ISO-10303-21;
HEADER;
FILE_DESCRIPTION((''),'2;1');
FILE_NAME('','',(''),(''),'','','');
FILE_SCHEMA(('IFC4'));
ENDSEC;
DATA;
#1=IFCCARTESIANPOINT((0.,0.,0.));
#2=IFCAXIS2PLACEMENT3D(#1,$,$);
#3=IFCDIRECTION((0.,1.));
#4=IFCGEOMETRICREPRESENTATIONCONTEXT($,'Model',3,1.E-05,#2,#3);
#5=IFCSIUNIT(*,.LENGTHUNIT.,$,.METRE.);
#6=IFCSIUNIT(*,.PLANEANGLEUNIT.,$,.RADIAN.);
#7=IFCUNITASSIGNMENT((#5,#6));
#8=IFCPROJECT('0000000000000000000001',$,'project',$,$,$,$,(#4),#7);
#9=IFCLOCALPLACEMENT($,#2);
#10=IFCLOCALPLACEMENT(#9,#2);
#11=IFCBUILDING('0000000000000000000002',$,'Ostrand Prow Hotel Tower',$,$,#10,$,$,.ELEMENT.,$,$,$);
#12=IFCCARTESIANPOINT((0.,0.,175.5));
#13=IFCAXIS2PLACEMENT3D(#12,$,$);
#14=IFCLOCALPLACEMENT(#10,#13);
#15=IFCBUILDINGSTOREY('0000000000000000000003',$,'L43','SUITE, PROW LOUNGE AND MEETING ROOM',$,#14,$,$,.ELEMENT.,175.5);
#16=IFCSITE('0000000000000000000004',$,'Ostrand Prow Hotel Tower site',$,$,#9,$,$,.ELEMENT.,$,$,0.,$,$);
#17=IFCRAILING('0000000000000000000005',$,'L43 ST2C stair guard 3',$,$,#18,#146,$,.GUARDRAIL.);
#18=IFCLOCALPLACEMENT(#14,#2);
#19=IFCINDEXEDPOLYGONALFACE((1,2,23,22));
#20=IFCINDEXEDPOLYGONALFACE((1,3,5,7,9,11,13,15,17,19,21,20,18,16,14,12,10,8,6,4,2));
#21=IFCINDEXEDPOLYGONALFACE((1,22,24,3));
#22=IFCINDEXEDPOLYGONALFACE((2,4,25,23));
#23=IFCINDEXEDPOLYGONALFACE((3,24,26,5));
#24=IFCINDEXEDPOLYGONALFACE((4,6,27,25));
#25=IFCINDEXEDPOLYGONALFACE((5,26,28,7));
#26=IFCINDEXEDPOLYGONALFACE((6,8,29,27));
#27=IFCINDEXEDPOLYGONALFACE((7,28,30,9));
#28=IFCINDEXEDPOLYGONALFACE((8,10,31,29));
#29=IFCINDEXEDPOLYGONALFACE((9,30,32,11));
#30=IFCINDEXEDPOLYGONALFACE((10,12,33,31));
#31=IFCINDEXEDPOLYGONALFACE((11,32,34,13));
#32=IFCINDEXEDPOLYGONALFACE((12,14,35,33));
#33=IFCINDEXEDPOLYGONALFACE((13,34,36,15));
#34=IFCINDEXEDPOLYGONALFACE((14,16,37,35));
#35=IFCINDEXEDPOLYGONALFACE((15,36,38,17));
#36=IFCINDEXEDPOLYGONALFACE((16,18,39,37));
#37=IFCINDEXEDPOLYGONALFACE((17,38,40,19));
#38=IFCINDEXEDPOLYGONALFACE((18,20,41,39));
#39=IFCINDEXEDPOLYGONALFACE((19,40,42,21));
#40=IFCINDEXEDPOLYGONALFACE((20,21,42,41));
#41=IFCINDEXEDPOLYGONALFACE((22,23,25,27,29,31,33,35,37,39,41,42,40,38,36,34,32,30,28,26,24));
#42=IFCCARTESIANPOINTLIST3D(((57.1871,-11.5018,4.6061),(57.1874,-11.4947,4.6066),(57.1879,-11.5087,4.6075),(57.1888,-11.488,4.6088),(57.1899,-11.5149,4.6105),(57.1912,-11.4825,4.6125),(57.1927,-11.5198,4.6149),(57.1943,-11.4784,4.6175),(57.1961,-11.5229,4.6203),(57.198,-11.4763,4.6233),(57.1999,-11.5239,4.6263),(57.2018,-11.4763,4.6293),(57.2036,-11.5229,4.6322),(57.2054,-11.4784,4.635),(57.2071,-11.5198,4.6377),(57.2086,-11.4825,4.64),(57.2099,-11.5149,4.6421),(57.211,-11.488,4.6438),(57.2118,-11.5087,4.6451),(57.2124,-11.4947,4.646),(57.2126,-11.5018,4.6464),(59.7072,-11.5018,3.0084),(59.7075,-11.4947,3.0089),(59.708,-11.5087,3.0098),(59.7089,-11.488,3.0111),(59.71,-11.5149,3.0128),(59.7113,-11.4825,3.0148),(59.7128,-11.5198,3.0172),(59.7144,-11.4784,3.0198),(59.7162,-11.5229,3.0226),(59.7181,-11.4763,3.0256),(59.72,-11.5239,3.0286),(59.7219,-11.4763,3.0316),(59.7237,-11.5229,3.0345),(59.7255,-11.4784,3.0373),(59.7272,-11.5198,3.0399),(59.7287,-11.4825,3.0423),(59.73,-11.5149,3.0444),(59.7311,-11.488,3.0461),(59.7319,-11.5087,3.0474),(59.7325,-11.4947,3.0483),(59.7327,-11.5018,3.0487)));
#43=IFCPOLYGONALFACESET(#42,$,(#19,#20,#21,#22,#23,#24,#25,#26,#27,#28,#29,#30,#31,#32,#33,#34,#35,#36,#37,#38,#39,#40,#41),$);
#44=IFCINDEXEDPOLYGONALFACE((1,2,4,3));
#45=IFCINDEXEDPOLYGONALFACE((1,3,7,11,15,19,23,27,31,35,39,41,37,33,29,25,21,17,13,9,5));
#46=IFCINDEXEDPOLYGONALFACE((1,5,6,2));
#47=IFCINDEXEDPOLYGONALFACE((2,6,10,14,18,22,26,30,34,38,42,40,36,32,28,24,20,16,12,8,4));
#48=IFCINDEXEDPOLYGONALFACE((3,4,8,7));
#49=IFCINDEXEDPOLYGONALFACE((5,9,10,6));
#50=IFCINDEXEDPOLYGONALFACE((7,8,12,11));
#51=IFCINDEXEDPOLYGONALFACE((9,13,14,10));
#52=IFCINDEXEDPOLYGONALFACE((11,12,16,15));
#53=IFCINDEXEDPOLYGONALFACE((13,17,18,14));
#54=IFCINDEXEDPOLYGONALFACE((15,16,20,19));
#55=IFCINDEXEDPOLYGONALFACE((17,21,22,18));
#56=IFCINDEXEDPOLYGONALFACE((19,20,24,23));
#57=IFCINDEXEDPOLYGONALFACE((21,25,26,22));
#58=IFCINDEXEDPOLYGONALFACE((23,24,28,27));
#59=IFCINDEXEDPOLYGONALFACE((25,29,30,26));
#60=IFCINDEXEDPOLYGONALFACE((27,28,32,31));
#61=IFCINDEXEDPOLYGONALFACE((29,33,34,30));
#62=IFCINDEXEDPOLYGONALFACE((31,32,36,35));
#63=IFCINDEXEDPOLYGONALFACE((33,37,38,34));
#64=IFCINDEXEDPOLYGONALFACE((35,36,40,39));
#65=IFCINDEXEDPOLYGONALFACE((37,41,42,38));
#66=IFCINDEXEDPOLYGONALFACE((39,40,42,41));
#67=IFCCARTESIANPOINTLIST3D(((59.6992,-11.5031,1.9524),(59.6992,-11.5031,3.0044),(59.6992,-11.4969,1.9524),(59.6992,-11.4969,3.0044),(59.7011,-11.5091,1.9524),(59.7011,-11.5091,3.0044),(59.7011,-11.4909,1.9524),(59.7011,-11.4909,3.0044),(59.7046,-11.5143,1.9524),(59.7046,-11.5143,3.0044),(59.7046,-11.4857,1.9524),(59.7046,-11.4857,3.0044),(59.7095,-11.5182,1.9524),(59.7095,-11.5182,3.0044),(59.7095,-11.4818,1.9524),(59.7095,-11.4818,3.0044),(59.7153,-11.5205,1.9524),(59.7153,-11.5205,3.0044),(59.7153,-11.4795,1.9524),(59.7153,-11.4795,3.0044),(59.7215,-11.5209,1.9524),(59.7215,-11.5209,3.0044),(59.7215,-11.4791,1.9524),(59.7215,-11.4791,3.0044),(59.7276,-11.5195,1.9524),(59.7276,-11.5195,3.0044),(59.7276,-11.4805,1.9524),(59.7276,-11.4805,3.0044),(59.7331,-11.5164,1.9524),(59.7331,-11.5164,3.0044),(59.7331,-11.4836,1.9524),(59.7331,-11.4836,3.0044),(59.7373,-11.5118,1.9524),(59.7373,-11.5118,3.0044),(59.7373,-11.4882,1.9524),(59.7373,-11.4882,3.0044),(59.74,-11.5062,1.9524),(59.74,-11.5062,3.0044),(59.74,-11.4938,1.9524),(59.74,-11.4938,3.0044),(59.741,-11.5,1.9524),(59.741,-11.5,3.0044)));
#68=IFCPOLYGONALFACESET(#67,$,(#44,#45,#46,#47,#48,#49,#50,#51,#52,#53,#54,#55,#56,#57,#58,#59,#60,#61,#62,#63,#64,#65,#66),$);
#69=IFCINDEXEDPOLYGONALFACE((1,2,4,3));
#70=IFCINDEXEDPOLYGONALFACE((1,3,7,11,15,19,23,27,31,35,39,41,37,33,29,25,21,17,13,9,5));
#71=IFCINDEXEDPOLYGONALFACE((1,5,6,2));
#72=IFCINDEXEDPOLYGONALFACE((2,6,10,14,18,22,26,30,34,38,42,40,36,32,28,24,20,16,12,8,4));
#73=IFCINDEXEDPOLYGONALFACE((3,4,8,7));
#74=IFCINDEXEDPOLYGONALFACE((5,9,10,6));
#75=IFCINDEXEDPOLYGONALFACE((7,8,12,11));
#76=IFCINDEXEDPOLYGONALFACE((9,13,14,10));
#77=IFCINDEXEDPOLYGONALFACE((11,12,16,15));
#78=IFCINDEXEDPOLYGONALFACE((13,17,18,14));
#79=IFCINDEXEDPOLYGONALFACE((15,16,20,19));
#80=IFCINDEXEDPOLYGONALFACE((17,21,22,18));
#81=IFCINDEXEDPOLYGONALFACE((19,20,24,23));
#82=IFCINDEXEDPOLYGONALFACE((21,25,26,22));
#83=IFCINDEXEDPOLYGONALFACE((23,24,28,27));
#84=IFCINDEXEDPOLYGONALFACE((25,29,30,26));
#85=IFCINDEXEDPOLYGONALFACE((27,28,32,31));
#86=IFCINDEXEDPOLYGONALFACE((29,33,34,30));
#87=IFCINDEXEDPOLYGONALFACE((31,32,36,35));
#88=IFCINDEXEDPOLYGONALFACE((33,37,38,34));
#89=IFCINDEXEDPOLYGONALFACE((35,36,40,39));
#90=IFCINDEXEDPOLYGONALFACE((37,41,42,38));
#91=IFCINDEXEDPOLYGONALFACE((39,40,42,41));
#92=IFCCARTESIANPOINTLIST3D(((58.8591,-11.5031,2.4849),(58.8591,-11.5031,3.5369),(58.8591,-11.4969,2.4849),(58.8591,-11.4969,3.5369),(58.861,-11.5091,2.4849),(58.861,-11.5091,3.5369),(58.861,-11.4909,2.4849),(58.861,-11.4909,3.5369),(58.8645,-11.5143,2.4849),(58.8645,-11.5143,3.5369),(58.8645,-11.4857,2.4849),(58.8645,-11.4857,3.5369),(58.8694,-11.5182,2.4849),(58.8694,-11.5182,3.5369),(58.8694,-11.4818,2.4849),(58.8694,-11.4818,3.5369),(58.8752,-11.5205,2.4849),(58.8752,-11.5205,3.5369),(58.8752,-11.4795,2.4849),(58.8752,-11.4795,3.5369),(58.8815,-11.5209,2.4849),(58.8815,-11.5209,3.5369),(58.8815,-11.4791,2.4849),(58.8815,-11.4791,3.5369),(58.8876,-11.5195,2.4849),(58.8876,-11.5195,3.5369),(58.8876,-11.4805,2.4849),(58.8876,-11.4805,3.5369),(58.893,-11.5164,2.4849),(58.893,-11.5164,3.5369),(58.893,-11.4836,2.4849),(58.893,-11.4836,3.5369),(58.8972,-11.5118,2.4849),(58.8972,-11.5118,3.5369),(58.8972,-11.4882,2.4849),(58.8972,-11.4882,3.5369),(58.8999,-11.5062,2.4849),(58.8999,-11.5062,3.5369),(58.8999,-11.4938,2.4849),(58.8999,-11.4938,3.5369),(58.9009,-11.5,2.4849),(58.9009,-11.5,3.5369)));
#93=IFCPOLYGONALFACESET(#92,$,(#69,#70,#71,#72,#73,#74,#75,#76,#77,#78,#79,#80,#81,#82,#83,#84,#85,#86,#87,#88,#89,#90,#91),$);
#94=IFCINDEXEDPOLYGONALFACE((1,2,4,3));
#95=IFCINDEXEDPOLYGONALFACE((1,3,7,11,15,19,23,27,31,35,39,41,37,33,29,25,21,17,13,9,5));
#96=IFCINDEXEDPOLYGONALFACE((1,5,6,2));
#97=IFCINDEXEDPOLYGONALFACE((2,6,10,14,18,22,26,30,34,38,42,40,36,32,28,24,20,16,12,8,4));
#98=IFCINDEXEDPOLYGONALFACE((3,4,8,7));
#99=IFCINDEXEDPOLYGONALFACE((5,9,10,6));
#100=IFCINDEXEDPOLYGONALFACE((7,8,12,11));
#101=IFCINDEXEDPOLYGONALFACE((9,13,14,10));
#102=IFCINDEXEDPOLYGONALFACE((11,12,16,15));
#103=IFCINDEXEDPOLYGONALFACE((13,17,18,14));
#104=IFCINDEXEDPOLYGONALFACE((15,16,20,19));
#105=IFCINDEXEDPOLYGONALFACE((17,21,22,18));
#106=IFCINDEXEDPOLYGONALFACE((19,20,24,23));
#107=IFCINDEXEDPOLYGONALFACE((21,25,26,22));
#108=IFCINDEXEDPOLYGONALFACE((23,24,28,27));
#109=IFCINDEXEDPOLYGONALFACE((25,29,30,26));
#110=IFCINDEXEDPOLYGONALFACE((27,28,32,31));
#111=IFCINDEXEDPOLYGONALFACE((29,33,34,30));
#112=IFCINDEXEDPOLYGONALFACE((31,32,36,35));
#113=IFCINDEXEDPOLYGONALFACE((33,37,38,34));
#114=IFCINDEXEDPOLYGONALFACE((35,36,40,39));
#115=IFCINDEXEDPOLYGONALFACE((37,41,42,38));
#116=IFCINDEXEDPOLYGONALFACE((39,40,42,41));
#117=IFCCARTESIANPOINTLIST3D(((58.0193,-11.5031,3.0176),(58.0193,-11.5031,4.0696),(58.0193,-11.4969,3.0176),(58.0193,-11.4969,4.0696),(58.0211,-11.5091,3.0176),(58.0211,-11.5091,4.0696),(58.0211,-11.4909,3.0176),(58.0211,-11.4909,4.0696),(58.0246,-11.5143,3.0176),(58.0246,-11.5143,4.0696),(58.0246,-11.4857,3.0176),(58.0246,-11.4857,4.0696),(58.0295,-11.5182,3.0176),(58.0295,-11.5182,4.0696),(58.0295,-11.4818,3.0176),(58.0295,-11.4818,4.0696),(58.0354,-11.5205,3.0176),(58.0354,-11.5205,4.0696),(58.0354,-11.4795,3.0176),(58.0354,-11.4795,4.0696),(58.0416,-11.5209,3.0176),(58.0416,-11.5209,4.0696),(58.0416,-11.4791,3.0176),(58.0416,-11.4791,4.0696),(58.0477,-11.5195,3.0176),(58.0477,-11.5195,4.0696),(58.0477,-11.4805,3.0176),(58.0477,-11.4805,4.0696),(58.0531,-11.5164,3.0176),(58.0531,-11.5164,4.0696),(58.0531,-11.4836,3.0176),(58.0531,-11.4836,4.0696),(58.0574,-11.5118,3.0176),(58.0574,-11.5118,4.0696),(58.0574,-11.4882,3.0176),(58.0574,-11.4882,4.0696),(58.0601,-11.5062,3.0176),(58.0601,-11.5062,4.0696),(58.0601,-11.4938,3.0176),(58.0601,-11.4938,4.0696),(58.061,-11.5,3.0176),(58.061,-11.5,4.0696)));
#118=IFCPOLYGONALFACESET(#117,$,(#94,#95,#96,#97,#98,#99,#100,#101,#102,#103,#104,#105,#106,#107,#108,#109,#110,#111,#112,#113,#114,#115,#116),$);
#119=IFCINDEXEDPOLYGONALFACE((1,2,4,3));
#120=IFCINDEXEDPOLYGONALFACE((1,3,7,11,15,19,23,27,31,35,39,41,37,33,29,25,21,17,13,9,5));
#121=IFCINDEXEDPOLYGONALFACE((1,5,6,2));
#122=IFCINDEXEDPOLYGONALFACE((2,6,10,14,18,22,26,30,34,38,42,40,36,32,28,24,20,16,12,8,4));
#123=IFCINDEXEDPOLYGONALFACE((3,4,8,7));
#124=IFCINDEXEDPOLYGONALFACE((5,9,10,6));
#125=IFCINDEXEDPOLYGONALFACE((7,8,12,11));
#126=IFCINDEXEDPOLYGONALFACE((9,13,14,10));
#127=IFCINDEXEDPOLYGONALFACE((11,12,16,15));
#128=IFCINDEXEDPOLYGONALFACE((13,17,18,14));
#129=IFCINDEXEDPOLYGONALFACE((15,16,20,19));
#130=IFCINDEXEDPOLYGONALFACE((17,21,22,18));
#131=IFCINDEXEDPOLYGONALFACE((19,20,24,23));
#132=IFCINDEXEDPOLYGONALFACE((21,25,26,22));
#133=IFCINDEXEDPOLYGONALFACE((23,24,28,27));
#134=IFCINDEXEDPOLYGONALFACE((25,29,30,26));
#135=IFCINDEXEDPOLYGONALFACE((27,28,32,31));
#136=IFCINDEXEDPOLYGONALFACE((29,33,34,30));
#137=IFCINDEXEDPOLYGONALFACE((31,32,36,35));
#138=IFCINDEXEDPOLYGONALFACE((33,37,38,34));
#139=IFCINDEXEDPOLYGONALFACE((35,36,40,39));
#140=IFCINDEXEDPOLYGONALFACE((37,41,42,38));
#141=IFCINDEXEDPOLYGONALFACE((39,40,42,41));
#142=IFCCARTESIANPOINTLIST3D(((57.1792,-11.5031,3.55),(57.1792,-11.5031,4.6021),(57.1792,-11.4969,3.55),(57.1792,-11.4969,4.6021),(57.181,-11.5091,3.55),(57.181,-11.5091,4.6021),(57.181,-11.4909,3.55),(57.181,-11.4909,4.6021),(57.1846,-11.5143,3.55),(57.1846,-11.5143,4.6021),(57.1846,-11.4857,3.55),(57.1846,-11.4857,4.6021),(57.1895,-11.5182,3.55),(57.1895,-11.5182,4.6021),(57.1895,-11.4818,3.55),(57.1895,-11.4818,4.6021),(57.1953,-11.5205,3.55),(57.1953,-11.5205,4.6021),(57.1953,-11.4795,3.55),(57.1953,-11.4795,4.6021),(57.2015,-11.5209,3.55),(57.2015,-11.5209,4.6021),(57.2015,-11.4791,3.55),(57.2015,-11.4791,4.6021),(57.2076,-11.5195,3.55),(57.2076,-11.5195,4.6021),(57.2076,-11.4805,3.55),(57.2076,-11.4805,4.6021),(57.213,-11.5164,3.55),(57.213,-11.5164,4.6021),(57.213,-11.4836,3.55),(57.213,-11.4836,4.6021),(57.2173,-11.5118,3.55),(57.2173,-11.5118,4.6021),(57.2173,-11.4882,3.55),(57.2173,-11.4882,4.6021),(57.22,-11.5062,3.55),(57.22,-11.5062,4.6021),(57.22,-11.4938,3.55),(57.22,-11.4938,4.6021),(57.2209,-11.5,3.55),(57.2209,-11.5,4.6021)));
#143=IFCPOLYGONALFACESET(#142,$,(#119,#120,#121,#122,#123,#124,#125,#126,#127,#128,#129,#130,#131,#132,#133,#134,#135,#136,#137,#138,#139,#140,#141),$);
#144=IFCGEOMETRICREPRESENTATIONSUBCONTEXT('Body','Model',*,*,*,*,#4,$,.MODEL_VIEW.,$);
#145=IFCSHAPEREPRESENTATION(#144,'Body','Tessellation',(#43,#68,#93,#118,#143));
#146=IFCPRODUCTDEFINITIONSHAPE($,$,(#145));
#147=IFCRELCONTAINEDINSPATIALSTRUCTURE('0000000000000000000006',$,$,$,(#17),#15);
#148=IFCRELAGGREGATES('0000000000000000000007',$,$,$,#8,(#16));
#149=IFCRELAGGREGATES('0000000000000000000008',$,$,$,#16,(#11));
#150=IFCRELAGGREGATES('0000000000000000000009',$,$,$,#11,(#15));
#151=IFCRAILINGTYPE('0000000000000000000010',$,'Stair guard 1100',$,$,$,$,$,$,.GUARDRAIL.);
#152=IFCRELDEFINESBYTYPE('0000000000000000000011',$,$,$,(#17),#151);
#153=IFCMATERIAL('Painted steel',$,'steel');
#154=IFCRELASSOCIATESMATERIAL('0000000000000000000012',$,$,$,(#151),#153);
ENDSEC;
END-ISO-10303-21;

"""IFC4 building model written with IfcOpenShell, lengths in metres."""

from ifc_helpers import new_model, si_unit, direction, frame, origin, origin_2d, place, context, subcontext, project, spatial, circle, extrude, material, type_object, element, save


model = new_model("IFC4")

# Units and contexts
model_context = context("Model", 3, precision=1e-05, world=origin(), true_north=direction((0.0, 1.0)))
body_context = subcontext(model_context, "Body", "Model", "MODEL_VIEW")
ifc_project = project(units=[si_unit("LENGTHUNIT", "METRE"), si_unit("PLANEANGLEUNIT", "RADIAN")], contexts=[model_context])

# Site, building, storey
site_placement = place(None, origin())
site = spatial("IfcSite", under=ifc_project, at=site_placement, Name="Ostrand Prow Hotel Tower site", CompositionType="ELEMENT", RefElevation=0.0)
building_placement = place(site_placement, origin())
building = spatial("IfcBuilding", under=site, at=building_placement, Name="Ostrand Prow Hotel Tower", CompositionType="ELEMENT")
storey_placement = place(building_placement, frame((0.0, 0.0, 175.5)))
storey = spatial("IfcBuildingStorey", under=building, at=storey_placement, Name="L43", Description="SUITE, PROW LOUNGE AND MEETING ROOM", CompositionType="ELEMENT", Elevation=175.5)

# Railing
ifc_material_1 = material(Name="Painted steel", Category="steel")
railing_type_1 = type_object("IfcRailingType", Name="Stair guard 1100", PredefinedType="GUARDRAIL", material=ifc_material_1)
railing_1_placement = place(storey_placement, frame((59.72, -11.5, 1.9524)))
element("IfcRailing", 1, at=railing_1_placement, inside=storey, type_object=railing_type_1, Name="L43 ST2C stair guard 3", PredefinedType="GUARDRAIL", context=body_context, shape_type="SweptSolid", body=[
    extrude(circle(Radius=0.0239, at=origin_2d()), frame((0.0, 0.0, 1.0762), z_axis=(-0.84457, 0.0, 0.535445), x_axis=(0.0, -1.0, 0.0)), (0.0, 0.0, 1.0), 2.9839),
    extrude(circle(Radius=0.021, at=origin_2d()), origin(), (0.0, 0.0, 1.0), 1.052),
    extrude(circle(Radius=0.021, at=origin_2d()), frame((-0.8401, 0.0, 0.5325)), (0.0, 0.0, 1.0), 1.052),
    extrude(circle(Radius=0.021, at=origin_2d()), frame((-1.6799, 0.0, 1.0652)), (0.0, 0.0, 1.0), 1.052),
    extrude(circle(Radius=0.021, at=origin_2d()), frame((-2.52, 0.0, 1.5977)), (0.0, 0.0, 1.0), 1.052),
])

save(model, "model.ifc")
